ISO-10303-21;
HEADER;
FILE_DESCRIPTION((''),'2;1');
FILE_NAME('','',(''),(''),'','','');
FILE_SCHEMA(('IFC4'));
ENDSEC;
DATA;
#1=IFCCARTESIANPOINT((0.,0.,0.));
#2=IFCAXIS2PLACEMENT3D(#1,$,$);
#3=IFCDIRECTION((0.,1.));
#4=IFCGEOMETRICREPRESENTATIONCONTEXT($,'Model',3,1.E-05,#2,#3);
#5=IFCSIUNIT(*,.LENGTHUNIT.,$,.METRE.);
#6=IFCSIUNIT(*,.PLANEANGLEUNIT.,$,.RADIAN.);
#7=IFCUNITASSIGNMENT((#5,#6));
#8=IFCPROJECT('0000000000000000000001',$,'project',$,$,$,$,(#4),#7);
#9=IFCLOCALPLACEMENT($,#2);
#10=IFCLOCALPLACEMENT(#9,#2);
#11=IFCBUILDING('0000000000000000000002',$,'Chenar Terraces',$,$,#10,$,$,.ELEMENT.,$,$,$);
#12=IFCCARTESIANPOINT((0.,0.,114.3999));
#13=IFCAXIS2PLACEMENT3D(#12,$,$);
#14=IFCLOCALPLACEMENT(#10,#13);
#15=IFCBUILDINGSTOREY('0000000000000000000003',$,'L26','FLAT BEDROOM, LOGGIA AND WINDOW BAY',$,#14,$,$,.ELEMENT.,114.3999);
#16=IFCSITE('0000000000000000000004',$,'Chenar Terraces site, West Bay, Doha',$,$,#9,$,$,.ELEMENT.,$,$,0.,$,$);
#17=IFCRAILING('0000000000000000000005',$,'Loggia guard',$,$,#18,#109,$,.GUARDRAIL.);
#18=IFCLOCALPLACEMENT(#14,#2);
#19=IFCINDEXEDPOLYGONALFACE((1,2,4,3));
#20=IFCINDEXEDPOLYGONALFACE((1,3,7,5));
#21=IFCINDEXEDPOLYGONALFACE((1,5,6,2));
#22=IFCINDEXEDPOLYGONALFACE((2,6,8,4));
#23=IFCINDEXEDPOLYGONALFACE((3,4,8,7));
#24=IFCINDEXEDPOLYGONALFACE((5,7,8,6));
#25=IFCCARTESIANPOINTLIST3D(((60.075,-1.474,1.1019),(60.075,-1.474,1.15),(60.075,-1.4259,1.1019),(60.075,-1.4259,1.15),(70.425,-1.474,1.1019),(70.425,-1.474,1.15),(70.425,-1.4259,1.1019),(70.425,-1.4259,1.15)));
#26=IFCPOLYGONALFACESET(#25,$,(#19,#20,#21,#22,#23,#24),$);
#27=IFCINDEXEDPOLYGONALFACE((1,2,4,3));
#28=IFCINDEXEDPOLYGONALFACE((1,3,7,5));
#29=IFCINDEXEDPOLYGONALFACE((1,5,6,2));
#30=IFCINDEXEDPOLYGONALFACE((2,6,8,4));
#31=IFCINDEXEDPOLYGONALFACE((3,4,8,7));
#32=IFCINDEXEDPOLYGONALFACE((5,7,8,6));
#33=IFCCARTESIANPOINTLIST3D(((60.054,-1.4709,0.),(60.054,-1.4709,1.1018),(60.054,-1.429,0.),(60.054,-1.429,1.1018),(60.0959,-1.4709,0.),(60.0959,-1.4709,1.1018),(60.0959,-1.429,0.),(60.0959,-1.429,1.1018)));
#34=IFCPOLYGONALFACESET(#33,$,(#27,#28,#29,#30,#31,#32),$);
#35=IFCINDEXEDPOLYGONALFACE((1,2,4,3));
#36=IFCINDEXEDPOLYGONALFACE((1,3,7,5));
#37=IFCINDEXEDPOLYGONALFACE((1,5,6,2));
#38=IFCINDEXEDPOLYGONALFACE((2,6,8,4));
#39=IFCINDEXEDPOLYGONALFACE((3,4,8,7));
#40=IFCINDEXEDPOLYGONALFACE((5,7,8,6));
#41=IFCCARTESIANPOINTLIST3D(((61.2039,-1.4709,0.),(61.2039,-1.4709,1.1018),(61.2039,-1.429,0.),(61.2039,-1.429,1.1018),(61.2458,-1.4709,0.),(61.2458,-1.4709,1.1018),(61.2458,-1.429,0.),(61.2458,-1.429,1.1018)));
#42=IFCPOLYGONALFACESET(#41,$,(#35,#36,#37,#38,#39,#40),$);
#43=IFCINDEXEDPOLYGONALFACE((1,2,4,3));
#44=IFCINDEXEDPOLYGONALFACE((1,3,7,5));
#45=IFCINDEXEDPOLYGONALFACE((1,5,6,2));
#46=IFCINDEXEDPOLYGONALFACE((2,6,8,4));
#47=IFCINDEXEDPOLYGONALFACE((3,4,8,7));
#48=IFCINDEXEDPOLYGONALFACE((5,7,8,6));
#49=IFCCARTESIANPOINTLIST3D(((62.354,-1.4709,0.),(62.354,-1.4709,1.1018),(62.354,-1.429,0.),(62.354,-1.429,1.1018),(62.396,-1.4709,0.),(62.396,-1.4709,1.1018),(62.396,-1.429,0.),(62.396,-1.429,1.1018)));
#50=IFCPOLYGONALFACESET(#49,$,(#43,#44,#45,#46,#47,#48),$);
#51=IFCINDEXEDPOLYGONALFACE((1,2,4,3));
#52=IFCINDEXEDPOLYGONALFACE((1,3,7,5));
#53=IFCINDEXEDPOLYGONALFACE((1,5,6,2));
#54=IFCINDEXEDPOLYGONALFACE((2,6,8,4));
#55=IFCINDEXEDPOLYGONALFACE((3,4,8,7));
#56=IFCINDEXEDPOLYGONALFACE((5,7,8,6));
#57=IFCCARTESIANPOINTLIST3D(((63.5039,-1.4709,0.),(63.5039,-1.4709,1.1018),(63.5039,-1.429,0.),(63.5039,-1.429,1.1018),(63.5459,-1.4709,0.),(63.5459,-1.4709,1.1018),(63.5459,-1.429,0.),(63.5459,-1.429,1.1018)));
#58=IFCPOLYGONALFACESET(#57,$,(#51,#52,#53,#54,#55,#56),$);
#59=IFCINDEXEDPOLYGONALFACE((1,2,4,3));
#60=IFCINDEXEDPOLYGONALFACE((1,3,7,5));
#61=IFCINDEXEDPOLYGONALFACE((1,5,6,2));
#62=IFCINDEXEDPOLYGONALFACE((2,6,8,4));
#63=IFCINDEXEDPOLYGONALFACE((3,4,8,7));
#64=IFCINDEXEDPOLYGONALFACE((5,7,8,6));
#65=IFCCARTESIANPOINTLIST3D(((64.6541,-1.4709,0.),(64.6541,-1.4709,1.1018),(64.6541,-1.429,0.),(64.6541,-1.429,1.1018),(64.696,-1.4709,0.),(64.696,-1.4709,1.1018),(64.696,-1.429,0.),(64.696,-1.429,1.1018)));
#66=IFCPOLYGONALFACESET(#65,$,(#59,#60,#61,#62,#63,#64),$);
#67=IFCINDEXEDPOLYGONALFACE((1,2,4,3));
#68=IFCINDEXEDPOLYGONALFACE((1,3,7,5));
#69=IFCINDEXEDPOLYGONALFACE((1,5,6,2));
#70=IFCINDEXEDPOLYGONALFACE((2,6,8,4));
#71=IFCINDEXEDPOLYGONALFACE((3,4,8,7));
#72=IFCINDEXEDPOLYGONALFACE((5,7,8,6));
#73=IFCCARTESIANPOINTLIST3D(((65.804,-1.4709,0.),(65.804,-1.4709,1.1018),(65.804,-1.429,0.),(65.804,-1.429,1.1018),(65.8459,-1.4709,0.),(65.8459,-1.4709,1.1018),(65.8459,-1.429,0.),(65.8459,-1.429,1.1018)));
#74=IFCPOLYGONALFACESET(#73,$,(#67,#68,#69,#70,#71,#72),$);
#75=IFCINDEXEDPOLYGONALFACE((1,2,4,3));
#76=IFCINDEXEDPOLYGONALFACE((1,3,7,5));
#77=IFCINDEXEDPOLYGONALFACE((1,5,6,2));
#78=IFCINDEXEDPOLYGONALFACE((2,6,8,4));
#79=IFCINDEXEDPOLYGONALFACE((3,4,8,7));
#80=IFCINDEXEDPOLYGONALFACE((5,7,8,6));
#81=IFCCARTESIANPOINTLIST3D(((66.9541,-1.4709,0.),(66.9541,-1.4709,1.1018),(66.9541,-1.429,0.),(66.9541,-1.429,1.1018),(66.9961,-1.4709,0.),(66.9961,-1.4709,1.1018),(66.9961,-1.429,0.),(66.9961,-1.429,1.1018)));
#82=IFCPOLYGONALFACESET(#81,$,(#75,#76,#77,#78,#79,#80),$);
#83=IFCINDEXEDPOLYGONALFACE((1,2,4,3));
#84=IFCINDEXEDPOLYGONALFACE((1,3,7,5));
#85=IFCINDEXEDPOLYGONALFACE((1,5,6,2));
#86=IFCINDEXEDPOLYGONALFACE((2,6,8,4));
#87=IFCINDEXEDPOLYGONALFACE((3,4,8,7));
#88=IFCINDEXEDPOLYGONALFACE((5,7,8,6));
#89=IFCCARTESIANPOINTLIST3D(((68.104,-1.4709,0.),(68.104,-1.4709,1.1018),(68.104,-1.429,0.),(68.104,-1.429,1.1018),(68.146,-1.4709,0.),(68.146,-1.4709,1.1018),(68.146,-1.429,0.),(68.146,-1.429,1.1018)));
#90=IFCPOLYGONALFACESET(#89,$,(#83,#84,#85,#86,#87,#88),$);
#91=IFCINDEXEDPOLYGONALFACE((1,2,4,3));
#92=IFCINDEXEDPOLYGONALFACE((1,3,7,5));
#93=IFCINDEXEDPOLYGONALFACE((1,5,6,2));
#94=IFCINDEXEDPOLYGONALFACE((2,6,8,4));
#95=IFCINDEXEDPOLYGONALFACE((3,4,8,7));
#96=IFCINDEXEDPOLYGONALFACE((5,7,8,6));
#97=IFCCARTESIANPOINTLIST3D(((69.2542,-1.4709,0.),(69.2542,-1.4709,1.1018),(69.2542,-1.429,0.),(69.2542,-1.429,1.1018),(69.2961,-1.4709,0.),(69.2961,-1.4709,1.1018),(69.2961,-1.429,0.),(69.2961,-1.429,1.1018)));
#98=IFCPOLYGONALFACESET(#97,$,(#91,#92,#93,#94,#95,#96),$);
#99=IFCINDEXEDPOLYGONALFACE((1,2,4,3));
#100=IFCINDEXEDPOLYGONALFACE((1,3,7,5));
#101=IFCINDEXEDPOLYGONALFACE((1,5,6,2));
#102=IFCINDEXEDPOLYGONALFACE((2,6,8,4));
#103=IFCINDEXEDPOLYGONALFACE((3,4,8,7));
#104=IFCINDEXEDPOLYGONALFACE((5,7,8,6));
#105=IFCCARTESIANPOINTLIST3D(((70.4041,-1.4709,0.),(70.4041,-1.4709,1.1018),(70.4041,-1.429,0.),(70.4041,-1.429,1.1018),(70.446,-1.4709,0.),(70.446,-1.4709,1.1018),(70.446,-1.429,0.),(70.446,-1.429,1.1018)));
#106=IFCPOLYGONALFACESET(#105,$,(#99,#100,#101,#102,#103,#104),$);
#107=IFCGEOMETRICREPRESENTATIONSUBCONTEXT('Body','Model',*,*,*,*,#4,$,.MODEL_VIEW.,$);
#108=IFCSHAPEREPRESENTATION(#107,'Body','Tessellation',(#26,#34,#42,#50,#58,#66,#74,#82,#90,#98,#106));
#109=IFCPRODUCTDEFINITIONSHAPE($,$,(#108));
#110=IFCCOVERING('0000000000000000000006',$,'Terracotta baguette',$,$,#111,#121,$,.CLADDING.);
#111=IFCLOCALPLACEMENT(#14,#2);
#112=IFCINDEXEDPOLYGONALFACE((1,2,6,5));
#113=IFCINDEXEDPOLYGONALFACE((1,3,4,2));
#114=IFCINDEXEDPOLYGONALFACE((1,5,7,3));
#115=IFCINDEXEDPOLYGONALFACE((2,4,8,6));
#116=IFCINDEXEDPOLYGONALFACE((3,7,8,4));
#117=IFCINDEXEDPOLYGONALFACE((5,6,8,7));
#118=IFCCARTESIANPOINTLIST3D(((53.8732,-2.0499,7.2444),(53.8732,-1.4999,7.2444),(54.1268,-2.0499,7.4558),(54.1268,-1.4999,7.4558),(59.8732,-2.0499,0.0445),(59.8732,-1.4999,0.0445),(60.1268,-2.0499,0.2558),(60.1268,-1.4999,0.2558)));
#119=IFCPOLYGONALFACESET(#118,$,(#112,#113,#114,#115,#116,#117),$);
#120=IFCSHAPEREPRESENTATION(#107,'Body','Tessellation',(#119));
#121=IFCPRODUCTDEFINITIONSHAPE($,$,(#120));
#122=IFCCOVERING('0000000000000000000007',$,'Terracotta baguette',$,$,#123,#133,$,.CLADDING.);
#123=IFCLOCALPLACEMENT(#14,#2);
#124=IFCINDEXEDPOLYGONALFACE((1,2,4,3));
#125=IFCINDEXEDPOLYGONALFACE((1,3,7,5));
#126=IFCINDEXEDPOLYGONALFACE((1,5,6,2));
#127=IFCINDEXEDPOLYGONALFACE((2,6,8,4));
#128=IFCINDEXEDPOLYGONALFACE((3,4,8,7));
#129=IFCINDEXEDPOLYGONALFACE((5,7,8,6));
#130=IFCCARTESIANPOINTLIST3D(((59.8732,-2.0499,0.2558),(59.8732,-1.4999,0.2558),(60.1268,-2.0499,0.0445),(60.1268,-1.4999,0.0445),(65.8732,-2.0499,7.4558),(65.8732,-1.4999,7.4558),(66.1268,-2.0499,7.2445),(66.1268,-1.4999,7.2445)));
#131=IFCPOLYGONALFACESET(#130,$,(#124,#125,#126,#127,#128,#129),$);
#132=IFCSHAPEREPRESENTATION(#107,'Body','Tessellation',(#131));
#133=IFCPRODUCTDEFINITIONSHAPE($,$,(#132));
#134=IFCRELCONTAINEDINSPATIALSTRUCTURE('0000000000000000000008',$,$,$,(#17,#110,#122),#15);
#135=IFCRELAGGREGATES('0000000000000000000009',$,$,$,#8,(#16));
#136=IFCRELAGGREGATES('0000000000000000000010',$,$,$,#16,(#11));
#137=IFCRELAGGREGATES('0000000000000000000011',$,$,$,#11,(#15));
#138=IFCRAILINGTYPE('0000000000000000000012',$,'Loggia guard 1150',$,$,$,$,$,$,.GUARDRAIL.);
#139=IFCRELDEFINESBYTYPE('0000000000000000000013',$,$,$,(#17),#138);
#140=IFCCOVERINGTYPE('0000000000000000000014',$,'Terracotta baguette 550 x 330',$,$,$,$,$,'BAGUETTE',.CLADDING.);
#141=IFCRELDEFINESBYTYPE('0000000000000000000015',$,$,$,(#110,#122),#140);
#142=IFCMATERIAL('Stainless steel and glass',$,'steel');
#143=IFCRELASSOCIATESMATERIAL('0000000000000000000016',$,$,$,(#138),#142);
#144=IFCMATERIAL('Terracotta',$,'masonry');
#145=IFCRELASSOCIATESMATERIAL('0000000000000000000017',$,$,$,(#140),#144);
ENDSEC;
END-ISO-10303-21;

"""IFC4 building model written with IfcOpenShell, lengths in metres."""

from ifc_helpers import new_model, si_unit, direction, frame, origin, origin_2d, place, context, subcontext, project, spatial, rectangle, extrude, material, material_profile, profile_set, type_object, element, save


model = new_model("IFC4")

# Units and contexts
model_context = context("Model", 3, precision=1e-05, world=origin(), true_north=direction((0.0, 1.0)))
body_context = subcontext(model_context, "Body", "Model", "MODEL_VIEW")
ifc_project = project(units=[si_unit("LENGTHUNIT", "METRE"), si_unit("PLANEANGLEUNIT", "RADIAN")], contexts=[model_context])

# Site, building, storey
site_placement = place(None, origin())
site = spatial("IfcSite", under=ifc_project, at=site_placement, Name="Chenar Terraces site, West Bay, Doha", CompositionType="ELEMENT", RefElevation=0.0)
building_placement = place(site_placement, origin())
building = spatial("IfcBuilding", under=site, at=building_placement, Name="Chenar Terraces", CompositionType="ELEMENT")
storey_placement = place(building_placement, frame((0.0, 0.0, 114.3999)))
storey = spatial("IfcBuildingStorey", under=building, at=storey_placement, Name="L26", Description="FLAT BEDROOM, LOGGIA AND WINDOW BAY", CompositionType="ELEMENT", Elevation=114.3999)

# Railing
ifc_material_1 = material(Name="Stainless steel and glass", Category="steel")
railing_type = type_object("IfcRailingType", Name="Loggia guard 1150", PredefinedType="GUARDRAIL", material=ifc_material_1)
railing_placement = place(storey_placement, frame((60.075, -1.45, 0.0)))
element("IfcRailing", 1, at=railing_placement, inside=storey, type_object=railing_type, Name="Loggia guard", PredefinedType="GUARDRAIL", context=body_context, shape_type="SweptSolid", body=[
    extrude(rectangle(XDim=0.0481, YDim=0.0481, at=origin_2d()), frame((0.0, 0.0, 1.126), z_axis=(1.0, 0.0, 0.0), x_axis=(0.0, 1.0, 0.0)), (0.0, 0.0, 1.0), 10.3501),
    extrude(rectangle(XDim=0.042, YDim=0.042, at=origin_2d()), origin(), (0.0, 0.0, 1.0), 1.1018),
    extrude(rectangle(XDim=0.042, YDim=0.042, at=origin_2d()), frame((1.1499, 0.0, 0.0)), (0.0, 0.0, 1.0), 1.1018),
    extrude(rectangle(XDim=0.042, YDim=0.042, at=origin_2d()), frame((2.3, 0.0, 0.0)), (0.0, 0.0, 1.0), 1.1018),
    extrude(rectangle(XDim=0.042, YDim=0.042, at=origin_2d()), frame((3.45, 0.0, 0.0)), (0.0, 0.0, 1.0), 1.1018),
    extrude(rectangle(XDim=0.042, YDim=0.042, at=origin_2d()), frame((4.6001, 0.0, 0.0)), (0.0, 0.0, 1.0), 1.1018),
    extrude(rectangle(XDim=0.042, YDim=0.042, at=origin_2d()), frame((5.75, 0.0, 0.0)), (0.0, 0.0, 1.0), 1.1018),
    extrude(rectangle(XDim=0.042, YDim=0.042, at=origin_2d()), frame((6.9001, 0.0, 0.0)), (0.0, 0.0, 1.0), 1.1018),
    extrude(rectangle(XDim=0.042, YDim=0.042, at=origin_2d()), frame((8.05, 0.0, 0.0)), (0.0, 0.0, 1.0), 1.1018),
    extrude(rectangle(XDim=0.042, YDim=0.042, at=origin_2d()), frame((9.2002, 0.0, 0.0)), (0.0, 0.0, 1.0), 1.1018),
    extrude(rectangle(XDim=0.042, YDim=0.042, at=origin_2d()), frame((10.3501, 0.0, 0.0)), (0.0, 0.0, 1.0), 1.1018),
])

# Coverings
ifc_material_2 = material(Name="Terracotta", Category="masonry")
ifc_material_profile_1 = material_profile(ifc_material_2, rectangle(XDim=0.55, YDim=0.3301, at=origin_2d()), Name="Terracotta baguette 550 x 330")
ifc_profile_set_1 = profile_set([ifc_material_profile_1], Name="Terracotta")
covering_type = type_object("IfcCoveringType", Name="Terracotta baguette 550 x 330", ElementType="BAGUETTE", PredefinedType="CLADDING", material=ifc_profile_set_1)
for number, where, z_axis, x_axis, name in (
    (2, (54.0, -1.7749, 7.3501), (0.640187, 0.0, -0.768219), (0.0, 1.0, 0.0), "Terracotta baguette"),
    (3, (60.0, -1.7749, 0.1501), (0.640187, 0.0, 0.768219), (0.0, 1.0, 0.0), "Terracotta baguette"),
):
    element("IfcCovering", number, at=place(storey_placement, frame(where, z_axis=z_axis, x_axis=x_axis)), inside=storey, type_object=covering_type, Name=name, PredefinedType="CLADDING", context=body_context, shape_type="SweptSolid", body=[
        extrude(rectangle(XDim=0.55, YDim=0.3301, at=origin_2d()), origin(), (0.0, 0.0, 1.0), 9.3723),
    ])

save(model, "model.ifc")
